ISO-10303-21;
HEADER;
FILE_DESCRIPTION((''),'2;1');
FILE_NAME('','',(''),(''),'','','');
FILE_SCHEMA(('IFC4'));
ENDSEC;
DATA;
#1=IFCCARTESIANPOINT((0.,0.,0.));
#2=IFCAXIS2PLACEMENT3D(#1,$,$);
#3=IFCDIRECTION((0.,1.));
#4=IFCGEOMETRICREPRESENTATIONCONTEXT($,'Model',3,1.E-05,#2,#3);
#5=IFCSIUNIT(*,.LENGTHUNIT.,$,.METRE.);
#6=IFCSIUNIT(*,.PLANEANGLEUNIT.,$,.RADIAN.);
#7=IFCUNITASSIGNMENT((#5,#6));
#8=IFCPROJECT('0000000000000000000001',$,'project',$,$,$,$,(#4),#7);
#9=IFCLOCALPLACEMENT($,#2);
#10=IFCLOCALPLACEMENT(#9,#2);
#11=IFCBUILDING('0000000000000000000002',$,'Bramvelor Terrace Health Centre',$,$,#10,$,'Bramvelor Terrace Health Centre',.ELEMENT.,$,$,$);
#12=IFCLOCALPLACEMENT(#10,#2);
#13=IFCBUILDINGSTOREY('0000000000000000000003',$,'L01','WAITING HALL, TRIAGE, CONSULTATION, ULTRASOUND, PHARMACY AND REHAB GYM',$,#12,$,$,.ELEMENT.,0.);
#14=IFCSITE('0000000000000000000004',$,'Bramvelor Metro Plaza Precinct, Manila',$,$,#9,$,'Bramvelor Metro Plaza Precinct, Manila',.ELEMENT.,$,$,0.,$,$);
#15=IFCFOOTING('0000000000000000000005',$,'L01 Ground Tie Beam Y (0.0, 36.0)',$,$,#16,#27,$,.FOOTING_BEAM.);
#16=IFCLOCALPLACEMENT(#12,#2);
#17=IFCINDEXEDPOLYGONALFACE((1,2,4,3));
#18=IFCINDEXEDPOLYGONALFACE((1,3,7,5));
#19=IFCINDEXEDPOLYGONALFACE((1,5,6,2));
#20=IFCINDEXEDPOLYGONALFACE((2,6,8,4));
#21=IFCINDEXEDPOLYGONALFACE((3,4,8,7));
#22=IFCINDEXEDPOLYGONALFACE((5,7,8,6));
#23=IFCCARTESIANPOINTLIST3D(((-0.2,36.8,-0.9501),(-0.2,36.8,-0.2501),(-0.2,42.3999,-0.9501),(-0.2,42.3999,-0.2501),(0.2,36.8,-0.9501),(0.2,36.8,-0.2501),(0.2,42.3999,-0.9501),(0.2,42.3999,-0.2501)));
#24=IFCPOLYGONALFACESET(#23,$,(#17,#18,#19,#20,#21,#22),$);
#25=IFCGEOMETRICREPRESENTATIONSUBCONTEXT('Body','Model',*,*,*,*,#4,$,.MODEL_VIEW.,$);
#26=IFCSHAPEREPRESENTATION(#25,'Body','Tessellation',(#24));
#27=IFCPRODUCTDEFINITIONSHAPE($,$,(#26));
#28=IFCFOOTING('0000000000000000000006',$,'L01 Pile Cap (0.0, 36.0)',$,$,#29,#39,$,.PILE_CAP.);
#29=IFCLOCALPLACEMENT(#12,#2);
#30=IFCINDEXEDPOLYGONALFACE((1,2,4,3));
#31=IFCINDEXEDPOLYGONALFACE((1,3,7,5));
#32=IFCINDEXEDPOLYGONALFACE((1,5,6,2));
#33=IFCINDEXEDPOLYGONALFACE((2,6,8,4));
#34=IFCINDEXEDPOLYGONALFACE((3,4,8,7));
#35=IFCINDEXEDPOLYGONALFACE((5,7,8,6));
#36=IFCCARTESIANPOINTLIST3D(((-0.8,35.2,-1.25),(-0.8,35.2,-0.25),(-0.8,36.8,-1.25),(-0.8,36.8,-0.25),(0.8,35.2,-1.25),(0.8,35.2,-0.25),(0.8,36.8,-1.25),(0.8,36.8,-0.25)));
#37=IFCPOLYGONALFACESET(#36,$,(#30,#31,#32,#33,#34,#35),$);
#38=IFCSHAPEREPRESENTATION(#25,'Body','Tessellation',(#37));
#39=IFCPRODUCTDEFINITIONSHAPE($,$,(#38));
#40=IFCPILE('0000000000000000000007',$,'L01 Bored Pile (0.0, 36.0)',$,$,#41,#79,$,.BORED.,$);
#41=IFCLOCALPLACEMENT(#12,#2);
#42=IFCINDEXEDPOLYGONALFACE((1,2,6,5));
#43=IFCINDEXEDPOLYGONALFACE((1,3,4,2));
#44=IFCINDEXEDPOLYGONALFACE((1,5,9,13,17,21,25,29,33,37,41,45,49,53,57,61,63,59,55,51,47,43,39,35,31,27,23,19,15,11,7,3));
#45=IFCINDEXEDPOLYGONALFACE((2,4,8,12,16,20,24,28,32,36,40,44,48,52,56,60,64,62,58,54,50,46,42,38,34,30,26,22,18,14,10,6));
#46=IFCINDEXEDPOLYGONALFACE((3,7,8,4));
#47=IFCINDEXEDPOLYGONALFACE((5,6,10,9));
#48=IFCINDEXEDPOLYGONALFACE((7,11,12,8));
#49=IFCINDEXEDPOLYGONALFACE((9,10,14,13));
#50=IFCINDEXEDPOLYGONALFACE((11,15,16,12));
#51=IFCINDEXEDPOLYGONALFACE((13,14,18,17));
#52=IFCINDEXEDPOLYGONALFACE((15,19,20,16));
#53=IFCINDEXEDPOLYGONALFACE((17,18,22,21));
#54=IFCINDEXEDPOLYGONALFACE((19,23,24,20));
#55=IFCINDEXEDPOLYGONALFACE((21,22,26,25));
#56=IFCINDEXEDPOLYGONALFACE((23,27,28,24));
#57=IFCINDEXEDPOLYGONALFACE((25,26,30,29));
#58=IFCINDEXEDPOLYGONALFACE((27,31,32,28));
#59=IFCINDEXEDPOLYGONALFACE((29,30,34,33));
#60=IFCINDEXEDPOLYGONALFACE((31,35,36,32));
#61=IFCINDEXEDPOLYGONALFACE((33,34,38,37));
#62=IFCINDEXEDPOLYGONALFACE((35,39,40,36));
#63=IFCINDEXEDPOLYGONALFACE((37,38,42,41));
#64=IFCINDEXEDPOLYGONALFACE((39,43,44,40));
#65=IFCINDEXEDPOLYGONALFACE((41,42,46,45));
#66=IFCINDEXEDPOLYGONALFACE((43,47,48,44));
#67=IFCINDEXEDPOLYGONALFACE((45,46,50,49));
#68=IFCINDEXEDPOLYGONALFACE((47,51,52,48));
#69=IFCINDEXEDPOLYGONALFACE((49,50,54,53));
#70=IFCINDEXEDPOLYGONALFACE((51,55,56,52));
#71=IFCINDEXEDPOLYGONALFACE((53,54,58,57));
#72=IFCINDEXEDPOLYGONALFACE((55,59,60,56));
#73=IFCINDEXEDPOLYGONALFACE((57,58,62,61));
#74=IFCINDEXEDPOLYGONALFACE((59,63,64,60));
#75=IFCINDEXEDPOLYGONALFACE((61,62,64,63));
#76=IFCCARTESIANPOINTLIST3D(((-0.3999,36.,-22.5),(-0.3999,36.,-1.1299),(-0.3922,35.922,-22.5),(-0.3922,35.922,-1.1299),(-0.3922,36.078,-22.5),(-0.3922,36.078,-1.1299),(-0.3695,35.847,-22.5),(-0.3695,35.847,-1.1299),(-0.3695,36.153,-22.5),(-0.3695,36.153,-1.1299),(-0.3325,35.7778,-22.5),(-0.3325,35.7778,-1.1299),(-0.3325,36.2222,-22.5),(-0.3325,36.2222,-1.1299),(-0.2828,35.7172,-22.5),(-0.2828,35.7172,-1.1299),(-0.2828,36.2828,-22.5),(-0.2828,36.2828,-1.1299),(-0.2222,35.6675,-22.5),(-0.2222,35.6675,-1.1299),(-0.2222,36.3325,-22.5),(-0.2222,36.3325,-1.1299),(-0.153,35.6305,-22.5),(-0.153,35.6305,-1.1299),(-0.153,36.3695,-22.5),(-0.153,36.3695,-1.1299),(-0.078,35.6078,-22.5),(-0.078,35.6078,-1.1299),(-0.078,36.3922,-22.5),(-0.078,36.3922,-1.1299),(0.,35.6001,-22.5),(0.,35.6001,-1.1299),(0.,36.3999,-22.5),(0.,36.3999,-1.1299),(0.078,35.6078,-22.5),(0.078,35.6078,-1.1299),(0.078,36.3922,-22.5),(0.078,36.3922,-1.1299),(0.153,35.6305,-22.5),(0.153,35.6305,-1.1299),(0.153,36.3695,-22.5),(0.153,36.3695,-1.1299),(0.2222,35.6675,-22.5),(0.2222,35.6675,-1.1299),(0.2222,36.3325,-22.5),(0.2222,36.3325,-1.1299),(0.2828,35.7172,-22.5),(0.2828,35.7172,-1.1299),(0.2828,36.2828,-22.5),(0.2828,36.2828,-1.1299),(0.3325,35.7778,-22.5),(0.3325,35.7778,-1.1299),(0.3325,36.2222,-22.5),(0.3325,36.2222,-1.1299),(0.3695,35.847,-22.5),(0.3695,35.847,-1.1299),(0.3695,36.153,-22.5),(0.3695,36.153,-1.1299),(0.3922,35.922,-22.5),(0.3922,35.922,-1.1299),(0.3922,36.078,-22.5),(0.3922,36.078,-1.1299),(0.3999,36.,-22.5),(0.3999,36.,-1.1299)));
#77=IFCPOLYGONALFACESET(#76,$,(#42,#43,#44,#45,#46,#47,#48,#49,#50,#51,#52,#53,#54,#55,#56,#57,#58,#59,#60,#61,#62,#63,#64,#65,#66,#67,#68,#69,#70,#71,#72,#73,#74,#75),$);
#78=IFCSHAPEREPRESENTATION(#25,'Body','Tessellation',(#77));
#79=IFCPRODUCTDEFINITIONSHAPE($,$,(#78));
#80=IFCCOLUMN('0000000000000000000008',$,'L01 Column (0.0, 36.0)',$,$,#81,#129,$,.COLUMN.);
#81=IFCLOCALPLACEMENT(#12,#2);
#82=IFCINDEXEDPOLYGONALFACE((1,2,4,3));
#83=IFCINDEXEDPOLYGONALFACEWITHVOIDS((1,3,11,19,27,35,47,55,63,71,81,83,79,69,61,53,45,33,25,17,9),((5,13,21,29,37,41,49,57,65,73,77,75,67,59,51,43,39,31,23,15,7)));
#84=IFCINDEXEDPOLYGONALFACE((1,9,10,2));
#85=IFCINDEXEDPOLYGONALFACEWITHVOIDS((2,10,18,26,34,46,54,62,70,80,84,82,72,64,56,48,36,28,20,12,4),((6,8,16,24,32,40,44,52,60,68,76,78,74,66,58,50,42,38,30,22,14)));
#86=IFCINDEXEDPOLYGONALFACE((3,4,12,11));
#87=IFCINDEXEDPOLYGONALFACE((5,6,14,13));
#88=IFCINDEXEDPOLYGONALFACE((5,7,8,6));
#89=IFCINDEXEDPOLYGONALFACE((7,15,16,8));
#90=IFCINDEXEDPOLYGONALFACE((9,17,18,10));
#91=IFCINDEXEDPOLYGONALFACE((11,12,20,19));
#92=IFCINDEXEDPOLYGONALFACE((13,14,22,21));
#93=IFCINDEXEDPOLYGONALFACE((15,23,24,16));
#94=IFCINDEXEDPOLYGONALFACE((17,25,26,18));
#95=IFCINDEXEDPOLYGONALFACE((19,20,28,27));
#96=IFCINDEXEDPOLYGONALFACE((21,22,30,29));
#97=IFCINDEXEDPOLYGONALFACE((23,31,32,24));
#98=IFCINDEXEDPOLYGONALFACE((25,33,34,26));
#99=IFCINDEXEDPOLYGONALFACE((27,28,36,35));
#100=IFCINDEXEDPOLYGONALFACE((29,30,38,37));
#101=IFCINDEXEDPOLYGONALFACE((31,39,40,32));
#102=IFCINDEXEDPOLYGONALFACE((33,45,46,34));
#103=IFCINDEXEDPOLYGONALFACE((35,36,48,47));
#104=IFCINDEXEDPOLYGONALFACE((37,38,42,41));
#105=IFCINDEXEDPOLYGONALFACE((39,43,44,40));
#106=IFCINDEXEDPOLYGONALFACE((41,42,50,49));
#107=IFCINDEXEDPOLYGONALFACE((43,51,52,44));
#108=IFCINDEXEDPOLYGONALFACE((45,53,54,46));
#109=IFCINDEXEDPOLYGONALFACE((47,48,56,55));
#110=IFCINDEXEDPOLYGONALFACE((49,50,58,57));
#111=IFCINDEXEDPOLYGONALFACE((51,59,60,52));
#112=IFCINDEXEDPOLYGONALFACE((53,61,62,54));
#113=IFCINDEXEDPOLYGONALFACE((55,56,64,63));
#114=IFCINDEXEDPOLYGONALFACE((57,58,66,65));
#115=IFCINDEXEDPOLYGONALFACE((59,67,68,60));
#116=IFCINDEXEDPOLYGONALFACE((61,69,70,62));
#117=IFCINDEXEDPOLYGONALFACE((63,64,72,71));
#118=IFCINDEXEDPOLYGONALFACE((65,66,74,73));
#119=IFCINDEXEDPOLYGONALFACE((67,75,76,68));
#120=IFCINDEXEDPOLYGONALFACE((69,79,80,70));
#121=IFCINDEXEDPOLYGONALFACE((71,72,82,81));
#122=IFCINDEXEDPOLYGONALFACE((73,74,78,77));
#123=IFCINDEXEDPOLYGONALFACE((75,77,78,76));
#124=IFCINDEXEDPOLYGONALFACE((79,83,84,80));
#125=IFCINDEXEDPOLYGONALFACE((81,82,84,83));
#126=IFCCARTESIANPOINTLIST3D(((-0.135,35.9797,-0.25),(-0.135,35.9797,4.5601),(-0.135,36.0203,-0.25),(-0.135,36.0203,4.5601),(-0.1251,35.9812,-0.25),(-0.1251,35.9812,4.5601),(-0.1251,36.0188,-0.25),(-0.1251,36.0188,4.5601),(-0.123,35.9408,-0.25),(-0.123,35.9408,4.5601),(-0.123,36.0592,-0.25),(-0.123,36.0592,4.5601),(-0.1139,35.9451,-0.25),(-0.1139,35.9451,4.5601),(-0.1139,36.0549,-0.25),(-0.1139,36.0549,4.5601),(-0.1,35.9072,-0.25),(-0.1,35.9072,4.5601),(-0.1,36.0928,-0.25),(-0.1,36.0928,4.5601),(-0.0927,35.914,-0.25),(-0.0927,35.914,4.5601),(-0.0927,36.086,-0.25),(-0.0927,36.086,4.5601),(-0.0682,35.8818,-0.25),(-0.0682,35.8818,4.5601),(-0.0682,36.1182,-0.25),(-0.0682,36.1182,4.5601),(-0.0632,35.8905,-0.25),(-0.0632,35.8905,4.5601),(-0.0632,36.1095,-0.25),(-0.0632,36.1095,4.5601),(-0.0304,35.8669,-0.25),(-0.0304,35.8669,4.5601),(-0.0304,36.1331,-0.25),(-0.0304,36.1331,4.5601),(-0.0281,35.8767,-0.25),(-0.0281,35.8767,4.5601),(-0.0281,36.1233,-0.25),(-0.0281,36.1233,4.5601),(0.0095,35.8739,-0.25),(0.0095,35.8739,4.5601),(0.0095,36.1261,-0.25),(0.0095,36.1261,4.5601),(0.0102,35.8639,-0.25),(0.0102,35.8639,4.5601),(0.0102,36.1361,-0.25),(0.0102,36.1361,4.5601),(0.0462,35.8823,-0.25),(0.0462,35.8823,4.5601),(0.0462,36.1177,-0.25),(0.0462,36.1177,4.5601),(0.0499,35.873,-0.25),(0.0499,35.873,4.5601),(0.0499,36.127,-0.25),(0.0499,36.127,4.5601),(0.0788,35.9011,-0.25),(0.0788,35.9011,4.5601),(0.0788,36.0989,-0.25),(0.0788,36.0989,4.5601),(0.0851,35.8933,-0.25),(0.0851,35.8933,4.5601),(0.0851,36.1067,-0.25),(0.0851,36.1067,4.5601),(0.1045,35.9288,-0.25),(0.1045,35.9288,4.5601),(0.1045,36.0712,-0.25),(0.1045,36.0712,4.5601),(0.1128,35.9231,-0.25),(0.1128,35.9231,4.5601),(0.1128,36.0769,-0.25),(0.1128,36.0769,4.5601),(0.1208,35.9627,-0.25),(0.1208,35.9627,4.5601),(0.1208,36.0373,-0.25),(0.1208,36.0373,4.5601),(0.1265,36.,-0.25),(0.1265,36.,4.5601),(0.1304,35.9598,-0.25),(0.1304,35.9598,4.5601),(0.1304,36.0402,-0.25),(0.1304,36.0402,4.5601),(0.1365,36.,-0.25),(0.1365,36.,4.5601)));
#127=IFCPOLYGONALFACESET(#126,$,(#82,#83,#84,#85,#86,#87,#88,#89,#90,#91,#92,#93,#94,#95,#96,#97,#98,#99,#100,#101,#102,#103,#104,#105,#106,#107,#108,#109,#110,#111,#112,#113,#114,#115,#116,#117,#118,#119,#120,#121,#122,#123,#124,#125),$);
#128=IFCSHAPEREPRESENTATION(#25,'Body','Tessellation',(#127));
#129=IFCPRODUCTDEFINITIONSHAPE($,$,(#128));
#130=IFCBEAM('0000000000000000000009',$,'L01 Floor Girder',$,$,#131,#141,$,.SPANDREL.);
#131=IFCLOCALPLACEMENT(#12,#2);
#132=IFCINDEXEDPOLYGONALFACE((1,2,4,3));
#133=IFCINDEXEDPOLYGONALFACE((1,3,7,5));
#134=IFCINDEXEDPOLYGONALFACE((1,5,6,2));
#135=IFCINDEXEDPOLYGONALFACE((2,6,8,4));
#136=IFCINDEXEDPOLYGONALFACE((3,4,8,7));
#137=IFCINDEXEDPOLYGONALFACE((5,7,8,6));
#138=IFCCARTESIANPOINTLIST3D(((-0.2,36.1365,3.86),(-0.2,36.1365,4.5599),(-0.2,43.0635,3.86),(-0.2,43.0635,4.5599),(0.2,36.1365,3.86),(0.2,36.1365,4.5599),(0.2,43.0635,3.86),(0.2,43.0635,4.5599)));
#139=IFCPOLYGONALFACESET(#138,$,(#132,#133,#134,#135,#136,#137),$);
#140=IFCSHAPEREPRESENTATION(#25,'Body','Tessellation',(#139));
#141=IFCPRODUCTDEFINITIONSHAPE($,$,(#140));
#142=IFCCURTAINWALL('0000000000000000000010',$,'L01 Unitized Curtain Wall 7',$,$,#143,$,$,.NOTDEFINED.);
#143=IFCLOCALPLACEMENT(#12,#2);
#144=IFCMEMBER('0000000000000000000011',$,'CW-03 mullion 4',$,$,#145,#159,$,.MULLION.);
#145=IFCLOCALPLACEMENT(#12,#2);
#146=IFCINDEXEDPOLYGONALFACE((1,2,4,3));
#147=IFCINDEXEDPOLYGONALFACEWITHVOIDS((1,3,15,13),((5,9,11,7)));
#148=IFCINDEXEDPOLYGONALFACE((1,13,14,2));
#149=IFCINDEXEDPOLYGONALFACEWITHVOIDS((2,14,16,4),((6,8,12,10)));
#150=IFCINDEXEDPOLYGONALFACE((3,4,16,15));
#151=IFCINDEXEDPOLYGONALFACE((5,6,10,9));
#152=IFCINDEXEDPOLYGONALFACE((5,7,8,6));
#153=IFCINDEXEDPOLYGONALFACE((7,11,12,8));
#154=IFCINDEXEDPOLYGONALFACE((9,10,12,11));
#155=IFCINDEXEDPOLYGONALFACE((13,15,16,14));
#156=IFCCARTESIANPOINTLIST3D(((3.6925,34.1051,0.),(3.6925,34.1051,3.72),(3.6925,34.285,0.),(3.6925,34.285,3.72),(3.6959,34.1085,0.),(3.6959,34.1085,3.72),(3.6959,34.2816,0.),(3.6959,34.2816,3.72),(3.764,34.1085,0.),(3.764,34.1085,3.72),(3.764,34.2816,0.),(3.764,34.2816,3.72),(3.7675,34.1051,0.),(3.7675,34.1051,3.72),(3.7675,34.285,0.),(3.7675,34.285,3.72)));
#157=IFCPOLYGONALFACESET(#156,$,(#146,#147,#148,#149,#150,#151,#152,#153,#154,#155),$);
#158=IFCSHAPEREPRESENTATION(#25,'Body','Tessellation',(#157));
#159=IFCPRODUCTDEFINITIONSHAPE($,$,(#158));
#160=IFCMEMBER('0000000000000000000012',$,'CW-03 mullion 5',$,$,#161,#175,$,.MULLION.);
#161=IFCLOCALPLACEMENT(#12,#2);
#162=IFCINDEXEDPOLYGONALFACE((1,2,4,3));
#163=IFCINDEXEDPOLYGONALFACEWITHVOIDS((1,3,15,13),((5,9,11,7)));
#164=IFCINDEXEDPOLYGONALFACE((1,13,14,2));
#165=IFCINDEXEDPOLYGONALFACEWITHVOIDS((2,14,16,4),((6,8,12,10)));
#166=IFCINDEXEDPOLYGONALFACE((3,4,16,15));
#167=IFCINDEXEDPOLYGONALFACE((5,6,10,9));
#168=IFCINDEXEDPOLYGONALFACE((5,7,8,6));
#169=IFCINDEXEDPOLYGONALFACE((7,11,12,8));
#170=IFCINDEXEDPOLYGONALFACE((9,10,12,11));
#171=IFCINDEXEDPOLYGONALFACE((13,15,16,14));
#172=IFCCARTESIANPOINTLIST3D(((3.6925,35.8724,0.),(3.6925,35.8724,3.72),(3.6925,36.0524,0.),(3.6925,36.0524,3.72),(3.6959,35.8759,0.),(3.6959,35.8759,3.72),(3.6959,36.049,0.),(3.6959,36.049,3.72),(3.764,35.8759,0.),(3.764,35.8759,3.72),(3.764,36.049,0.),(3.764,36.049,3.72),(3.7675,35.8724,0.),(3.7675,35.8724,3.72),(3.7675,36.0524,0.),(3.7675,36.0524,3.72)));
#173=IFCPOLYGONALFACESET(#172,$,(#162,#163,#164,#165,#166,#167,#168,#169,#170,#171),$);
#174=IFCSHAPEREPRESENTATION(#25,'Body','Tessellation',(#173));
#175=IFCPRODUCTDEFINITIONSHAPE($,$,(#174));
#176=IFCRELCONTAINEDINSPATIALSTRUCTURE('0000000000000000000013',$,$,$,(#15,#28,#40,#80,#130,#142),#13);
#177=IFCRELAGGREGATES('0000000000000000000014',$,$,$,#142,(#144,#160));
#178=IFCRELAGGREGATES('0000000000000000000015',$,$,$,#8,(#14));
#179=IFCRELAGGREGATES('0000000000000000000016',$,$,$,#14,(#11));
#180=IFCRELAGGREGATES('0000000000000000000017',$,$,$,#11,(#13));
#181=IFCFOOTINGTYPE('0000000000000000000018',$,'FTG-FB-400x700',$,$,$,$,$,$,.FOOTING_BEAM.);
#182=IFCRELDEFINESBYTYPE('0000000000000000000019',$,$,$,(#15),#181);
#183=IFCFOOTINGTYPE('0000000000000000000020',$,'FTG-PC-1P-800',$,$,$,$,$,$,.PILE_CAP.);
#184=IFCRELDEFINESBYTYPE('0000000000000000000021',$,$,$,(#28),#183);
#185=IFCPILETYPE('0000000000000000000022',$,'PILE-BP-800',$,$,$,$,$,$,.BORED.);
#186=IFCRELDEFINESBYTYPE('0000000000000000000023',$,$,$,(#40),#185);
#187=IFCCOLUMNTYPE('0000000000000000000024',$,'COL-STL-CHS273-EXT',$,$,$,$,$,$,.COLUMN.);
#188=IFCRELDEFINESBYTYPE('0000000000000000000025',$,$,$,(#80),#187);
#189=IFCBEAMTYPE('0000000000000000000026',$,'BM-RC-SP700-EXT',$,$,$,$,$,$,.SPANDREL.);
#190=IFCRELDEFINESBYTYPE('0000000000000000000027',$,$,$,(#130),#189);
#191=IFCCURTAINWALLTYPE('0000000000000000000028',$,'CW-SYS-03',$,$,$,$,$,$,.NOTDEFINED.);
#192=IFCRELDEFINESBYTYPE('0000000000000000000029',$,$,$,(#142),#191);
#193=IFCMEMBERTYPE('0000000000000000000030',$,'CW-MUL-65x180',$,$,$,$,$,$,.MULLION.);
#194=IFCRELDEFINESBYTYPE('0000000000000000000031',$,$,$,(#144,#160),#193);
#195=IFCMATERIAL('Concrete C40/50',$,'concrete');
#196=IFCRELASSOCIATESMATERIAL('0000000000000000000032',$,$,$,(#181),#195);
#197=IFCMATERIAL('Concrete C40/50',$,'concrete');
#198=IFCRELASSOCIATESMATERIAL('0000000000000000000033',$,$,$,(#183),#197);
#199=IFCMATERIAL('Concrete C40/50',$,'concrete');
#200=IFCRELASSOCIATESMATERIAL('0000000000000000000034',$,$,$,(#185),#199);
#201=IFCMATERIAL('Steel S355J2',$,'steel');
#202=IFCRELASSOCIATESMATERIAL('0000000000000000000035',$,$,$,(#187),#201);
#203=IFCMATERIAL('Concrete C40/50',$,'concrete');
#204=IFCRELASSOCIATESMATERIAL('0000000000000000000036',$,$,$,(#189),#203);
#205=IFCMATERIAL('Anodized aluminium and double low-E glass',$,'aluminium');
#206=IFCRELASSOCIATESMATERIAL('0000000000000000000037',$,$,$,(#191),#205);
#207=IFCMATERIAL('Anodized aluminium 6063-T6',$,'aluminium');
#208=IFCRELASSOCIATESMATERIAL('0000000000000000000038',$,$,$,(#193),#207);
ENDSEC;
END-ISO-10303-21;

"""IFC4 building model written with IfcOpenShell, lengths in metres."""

from ifc_helpers import new_model, si_unit, direction, frame, origin, origin_2d, place, context, subcontext, project, spatial, rectangle, hollow_rectangle, circle, hollow_circle, extrude, material, material_profile, profile_set, type_object, element, aggregate, save


model = new_model("IFC4")

# Units and contexts
model_context = context("Model", 3, precision=1e-05, world=origin(), true_north=direction((0.0, 1.0)))
body_context = subcontext(model_context, "Body", "Model", "MODEL_VIEW")
ifc_project = project(units=[si_unit("LENGTHUNIT", "METRE"), si_unit("PLANEANGLEUNIT", "RADIAN")], contexts=[model_context])

# Site, building, storey
site_placement = place(None, origin())
site = spatial("IfcSite", under=ifc_project, at=site_placement, Name="Bramvelor Metro Plaza Precinct, Manila", LongName="Bramvelor Metro Plaza Precinct, Manila", CompositionType="ELEMENT", RefElevation=0.0)
building_placement = place(site_placement, origin())
building = spatial("IfcBuilding", under=site, at=building_placement, Name="Bramvelor Terrace Health Centre", LongName="Bramvelor Terrace Health Centre", CompositionType="ELEMENT")
storey_placement = place(building_placement, origin())
storey = spatial("IfcBuildingStorey", under=building, at=storey_placement, Name="L01", Description="WAITING HALL, TRIAGE, CONSULTATION, ULTRASOUND, PHARMACY AND REHAB GYM", CompositionType="ELEMENT", Elevation=0.0)

# Footings
ifc_material_1 = material(Name="Concrete C40/50", Category="concrete")
ifc_material_profile_1 = material_profile(ifc_material_1, rectangle(XDim=0.3999, YDim=0.7, at=origin_2d()), Name="RC 400x700")
ifc_profile_set_1 = profile_set([ifc_material_profile_1], Name="Concrete C40/50")
footing_type_1 = type_object("IfcFootingType", Name="FTG-FB-400x700", PredefinedType="FOOTING_BEAM", material=ifc_profile_set_1)
footing_1_placement = place(storey_placement, frame((0.0, 36.8, -0.6001), z_axis=(0.0, 1.0, 0.0), x_axis=(-1.0, 0.0, 0.0)))
element("IfcFooting", 1, at=footing_1_placement, inside=storey, type_object=footing_type_1, Name="L01 Ground Tie Beam Y (0.0, 36.0)", PredefinedType="FOOTING_BEAM", context=body_context, shape_type="SweptSolid", body=[
    extrude(rectangle(XDim=0.3999, YDim=0.7, at=origin_2d()), origin(), (0.0, 0.0, 1.0), 5.5999),
])
ifc_material_2 = material(Name="Concrete C40/50", Category="concrete")
footing_type_2 = type_object("IfcFootingType", Name="FTG-PC-1P-800", PredefinedType="PILE_CAP", material=ifc_material_2)
footing_2_placement = place(storey_placement, frame((0.0, 36.0, -1.25), z_axis=(0.0, 0.0, 1.0), x_axis=(1.0, 0.0, 0.0)))
element("IfcFooting", 2, at=footing_2_placement, inside=storey, type_object=footing_type_2, Name="L01 Pile Cap (0.0, 36.0)", PredefinedType="PILE_CAP", context=body_context, shape_type="SweptSolid", body=[
    extrude(rectangle(XDim=1.6001, YDim=1.6001, at=origin_2d()), origin(), (0.0, 0.0, 1.0), 1.0),
])

# Pile
ifc_material_3 = material(Name="Concrete C40/50", Category="concrete")
ifc_material_profile_2 = material_profile(ifc_material_3, circle(Radius=0.3999, at=origin_2d()), Name="BP D800")
ifc_profile_set_2 = profile_set([ifc_material_profile_2], Name="Concrete C40/50")
pile_type = type_object("IfcPileType", Name="PILE-BP-800", PredefinedType="BORED", material=ifc_profile_set_2)
pile_placement = place(storey_placement, frame((0.0, 36.0, -1.1299), z_axis=(0.0, 0.0, -1.0), x_axis=(1.0, 0.0, 0.0)))
element("IfcPile", 3, at=pile_placement, inside=storey, type_object=pile_type, Name="L01 Bored Pile (0.0, 36.0)", PredefinedType="BORED", context=body_context, shape_type="SweptSolid", body=[
    extrude(circle(Radius=0.3999, at=origin_2d()), origin(), (0.0, 0.0, 1.0), 21.3701),
])

# Column
ifc_material_4 = material(Name="Steel S355J2", Category="steel")
ifc_material_profile_3 = material_profile(ifc_material_4, hollow_circle(Radius=0.1365, WallThickness=0.01, at=origin_2d()), Name="CHS 273.0x10.0")
ifc_profile_set_3 = profile_set([ifc_material_profile_3], Name="Steel S355J2")
column_type = type_object("IfcColumnType", Name="COL-STL-CHS273-EXT", PredefinedType="COLUMN", material=ifc_profile_set_3)
column_placement = place(storey_placement, frame((0.0, 36.0, -0.25), z_axis=(0.0, 0.0, 1.0), x_axis=(1.0, 0.0, 0.0)))
element("IfcColumn", 4, at=column_placement, inside=storey, type_object=column_type, Name="L01 Column (0.0, 36.0)", PredefinedType="COLUMN", context=body_context, shape_type="SweptSolid", body=[
    extrude(hollow_circle(Radius=0.1365, WallThickness=0.01, at=origin_2d()), origin(), (0.0, 0.0, 1.0), 4.8101),
])

# Beam
ifc_material_5 = material(Name="Concrete C40/50", Category="concrete")
ifc_material_profile_4 = material_profile(ifc_material_5, rectangle(XDim=0.3999, YDim=0.7, at=origin_2d()), Name="RC 400x700")
ifc_profile_set_4 = profile_set([ifc_material_profile_4], Name="Concrete C40/50")
beam_type = type_object("IfcBeamType", Name="BM-RC-SP700-EXT", PredefinedType="SPANDREL", material=ifc_profile_set_4)
beam_placement = place(storey_placement, frame((0.0, 36.1365, 4.21), z_axis=(0.0, 1.0, 0.0), x_axis=(-1.0, 0.0, 0.0)))
element("IfcBeam", 5, at=beam_placement, inside=storey, type_object=beam_type, Name="L01 Floor Girder", PredefinedType="SPANDREL", context=body_context, shape_type="SweptSolid", body=[
    extrude(rectangle(XDim=0.3999, YDim=0.7, at=origin_2d()), origin(), (0.0, 0.0, 1.0), 6.927),
])

# Curtain wall, members
ifc_material_6 = material(Name="Anodized aluminium and double low-E glass", Category="aluminium")
curtain_wall_type = type_object("IfcCurtainWallType", Name="CW-SYS-03", PredefinedType="NOTDEFINED", material=ifc_material_6)
curtain_wall_placement = place(storey_placement, origin())
curtain_wall = element("IfcCurtainWall", 6, at=curtain_wall_placement, inside=storey, type_object=curtain_wall_type, Name="L01 Unitized Curtain Wall 7", PredefinedType="NOTDEFINED")
ifc_material_7 = material(Name="Anodized aluminium 6063-T6", Category="aluminium")
ifc_material_profile_5 = material_profile(ifc_material_7, hollow_rectangle(XDim=0.075, YDim=0.1799, WallThickness=0.0034, at=origin_2d()), Name="ALU-MUL 75x180x3.5")
ifc_profile_set_5 = profile_set([ifc_material_profile_5], Name="Anodized aluminium 6063-T6")
member_type_1 = type_object("IfcMemberType", Name="CW-MUL-65x180", PredefinedType="MULLION", material=ifc_profile_set_5)
member_1_placement = place(storey_placement, frame((3.73, 34.1951, 0.0), z_axis=(0.0, 0.0, 1.0), x_axis=(-1.0, 0.0, 0.0)))
member_1 = element("IfcMember", 7, at=member_1_placement, type_object=member_type_1, Name="CW-03 mullion 4", PredefinedType="MULLION", context=body_context, shape_type="SweptSolid", body=[
    extrude(hollow_rectangle(XDim=0.075, YDim=0.1799, WallThickness=0.0034, at=origin_2d()), origin(), (0.0, 0.0, 1.0), 3.72),
])
member_2_placement = place(storey_placement, frame((3.73, 35.9624, 0.0), z_axis=(0.0, 0.0, 1.0), x_axis=(-1.0, 0.0, 0.0)))
member_2 = element("IfcMember", 8, at=member_2_placement, type_object=member_type_1, Name="CW-03 mullion 5", PredefinedType="MULLION", context=body_context, shape_type="SweptSolid", body=[
    extrude(hollow_rectangle(XDim=0.075, YDim=0.1799, WallThickness=0.0034, at=origin_2d()), origin(), (0.0, 0.0, 1.0), 3.72),
])
aggregate(curtain_wall, [member_1, member_2])

save(model, "model.ifc")
